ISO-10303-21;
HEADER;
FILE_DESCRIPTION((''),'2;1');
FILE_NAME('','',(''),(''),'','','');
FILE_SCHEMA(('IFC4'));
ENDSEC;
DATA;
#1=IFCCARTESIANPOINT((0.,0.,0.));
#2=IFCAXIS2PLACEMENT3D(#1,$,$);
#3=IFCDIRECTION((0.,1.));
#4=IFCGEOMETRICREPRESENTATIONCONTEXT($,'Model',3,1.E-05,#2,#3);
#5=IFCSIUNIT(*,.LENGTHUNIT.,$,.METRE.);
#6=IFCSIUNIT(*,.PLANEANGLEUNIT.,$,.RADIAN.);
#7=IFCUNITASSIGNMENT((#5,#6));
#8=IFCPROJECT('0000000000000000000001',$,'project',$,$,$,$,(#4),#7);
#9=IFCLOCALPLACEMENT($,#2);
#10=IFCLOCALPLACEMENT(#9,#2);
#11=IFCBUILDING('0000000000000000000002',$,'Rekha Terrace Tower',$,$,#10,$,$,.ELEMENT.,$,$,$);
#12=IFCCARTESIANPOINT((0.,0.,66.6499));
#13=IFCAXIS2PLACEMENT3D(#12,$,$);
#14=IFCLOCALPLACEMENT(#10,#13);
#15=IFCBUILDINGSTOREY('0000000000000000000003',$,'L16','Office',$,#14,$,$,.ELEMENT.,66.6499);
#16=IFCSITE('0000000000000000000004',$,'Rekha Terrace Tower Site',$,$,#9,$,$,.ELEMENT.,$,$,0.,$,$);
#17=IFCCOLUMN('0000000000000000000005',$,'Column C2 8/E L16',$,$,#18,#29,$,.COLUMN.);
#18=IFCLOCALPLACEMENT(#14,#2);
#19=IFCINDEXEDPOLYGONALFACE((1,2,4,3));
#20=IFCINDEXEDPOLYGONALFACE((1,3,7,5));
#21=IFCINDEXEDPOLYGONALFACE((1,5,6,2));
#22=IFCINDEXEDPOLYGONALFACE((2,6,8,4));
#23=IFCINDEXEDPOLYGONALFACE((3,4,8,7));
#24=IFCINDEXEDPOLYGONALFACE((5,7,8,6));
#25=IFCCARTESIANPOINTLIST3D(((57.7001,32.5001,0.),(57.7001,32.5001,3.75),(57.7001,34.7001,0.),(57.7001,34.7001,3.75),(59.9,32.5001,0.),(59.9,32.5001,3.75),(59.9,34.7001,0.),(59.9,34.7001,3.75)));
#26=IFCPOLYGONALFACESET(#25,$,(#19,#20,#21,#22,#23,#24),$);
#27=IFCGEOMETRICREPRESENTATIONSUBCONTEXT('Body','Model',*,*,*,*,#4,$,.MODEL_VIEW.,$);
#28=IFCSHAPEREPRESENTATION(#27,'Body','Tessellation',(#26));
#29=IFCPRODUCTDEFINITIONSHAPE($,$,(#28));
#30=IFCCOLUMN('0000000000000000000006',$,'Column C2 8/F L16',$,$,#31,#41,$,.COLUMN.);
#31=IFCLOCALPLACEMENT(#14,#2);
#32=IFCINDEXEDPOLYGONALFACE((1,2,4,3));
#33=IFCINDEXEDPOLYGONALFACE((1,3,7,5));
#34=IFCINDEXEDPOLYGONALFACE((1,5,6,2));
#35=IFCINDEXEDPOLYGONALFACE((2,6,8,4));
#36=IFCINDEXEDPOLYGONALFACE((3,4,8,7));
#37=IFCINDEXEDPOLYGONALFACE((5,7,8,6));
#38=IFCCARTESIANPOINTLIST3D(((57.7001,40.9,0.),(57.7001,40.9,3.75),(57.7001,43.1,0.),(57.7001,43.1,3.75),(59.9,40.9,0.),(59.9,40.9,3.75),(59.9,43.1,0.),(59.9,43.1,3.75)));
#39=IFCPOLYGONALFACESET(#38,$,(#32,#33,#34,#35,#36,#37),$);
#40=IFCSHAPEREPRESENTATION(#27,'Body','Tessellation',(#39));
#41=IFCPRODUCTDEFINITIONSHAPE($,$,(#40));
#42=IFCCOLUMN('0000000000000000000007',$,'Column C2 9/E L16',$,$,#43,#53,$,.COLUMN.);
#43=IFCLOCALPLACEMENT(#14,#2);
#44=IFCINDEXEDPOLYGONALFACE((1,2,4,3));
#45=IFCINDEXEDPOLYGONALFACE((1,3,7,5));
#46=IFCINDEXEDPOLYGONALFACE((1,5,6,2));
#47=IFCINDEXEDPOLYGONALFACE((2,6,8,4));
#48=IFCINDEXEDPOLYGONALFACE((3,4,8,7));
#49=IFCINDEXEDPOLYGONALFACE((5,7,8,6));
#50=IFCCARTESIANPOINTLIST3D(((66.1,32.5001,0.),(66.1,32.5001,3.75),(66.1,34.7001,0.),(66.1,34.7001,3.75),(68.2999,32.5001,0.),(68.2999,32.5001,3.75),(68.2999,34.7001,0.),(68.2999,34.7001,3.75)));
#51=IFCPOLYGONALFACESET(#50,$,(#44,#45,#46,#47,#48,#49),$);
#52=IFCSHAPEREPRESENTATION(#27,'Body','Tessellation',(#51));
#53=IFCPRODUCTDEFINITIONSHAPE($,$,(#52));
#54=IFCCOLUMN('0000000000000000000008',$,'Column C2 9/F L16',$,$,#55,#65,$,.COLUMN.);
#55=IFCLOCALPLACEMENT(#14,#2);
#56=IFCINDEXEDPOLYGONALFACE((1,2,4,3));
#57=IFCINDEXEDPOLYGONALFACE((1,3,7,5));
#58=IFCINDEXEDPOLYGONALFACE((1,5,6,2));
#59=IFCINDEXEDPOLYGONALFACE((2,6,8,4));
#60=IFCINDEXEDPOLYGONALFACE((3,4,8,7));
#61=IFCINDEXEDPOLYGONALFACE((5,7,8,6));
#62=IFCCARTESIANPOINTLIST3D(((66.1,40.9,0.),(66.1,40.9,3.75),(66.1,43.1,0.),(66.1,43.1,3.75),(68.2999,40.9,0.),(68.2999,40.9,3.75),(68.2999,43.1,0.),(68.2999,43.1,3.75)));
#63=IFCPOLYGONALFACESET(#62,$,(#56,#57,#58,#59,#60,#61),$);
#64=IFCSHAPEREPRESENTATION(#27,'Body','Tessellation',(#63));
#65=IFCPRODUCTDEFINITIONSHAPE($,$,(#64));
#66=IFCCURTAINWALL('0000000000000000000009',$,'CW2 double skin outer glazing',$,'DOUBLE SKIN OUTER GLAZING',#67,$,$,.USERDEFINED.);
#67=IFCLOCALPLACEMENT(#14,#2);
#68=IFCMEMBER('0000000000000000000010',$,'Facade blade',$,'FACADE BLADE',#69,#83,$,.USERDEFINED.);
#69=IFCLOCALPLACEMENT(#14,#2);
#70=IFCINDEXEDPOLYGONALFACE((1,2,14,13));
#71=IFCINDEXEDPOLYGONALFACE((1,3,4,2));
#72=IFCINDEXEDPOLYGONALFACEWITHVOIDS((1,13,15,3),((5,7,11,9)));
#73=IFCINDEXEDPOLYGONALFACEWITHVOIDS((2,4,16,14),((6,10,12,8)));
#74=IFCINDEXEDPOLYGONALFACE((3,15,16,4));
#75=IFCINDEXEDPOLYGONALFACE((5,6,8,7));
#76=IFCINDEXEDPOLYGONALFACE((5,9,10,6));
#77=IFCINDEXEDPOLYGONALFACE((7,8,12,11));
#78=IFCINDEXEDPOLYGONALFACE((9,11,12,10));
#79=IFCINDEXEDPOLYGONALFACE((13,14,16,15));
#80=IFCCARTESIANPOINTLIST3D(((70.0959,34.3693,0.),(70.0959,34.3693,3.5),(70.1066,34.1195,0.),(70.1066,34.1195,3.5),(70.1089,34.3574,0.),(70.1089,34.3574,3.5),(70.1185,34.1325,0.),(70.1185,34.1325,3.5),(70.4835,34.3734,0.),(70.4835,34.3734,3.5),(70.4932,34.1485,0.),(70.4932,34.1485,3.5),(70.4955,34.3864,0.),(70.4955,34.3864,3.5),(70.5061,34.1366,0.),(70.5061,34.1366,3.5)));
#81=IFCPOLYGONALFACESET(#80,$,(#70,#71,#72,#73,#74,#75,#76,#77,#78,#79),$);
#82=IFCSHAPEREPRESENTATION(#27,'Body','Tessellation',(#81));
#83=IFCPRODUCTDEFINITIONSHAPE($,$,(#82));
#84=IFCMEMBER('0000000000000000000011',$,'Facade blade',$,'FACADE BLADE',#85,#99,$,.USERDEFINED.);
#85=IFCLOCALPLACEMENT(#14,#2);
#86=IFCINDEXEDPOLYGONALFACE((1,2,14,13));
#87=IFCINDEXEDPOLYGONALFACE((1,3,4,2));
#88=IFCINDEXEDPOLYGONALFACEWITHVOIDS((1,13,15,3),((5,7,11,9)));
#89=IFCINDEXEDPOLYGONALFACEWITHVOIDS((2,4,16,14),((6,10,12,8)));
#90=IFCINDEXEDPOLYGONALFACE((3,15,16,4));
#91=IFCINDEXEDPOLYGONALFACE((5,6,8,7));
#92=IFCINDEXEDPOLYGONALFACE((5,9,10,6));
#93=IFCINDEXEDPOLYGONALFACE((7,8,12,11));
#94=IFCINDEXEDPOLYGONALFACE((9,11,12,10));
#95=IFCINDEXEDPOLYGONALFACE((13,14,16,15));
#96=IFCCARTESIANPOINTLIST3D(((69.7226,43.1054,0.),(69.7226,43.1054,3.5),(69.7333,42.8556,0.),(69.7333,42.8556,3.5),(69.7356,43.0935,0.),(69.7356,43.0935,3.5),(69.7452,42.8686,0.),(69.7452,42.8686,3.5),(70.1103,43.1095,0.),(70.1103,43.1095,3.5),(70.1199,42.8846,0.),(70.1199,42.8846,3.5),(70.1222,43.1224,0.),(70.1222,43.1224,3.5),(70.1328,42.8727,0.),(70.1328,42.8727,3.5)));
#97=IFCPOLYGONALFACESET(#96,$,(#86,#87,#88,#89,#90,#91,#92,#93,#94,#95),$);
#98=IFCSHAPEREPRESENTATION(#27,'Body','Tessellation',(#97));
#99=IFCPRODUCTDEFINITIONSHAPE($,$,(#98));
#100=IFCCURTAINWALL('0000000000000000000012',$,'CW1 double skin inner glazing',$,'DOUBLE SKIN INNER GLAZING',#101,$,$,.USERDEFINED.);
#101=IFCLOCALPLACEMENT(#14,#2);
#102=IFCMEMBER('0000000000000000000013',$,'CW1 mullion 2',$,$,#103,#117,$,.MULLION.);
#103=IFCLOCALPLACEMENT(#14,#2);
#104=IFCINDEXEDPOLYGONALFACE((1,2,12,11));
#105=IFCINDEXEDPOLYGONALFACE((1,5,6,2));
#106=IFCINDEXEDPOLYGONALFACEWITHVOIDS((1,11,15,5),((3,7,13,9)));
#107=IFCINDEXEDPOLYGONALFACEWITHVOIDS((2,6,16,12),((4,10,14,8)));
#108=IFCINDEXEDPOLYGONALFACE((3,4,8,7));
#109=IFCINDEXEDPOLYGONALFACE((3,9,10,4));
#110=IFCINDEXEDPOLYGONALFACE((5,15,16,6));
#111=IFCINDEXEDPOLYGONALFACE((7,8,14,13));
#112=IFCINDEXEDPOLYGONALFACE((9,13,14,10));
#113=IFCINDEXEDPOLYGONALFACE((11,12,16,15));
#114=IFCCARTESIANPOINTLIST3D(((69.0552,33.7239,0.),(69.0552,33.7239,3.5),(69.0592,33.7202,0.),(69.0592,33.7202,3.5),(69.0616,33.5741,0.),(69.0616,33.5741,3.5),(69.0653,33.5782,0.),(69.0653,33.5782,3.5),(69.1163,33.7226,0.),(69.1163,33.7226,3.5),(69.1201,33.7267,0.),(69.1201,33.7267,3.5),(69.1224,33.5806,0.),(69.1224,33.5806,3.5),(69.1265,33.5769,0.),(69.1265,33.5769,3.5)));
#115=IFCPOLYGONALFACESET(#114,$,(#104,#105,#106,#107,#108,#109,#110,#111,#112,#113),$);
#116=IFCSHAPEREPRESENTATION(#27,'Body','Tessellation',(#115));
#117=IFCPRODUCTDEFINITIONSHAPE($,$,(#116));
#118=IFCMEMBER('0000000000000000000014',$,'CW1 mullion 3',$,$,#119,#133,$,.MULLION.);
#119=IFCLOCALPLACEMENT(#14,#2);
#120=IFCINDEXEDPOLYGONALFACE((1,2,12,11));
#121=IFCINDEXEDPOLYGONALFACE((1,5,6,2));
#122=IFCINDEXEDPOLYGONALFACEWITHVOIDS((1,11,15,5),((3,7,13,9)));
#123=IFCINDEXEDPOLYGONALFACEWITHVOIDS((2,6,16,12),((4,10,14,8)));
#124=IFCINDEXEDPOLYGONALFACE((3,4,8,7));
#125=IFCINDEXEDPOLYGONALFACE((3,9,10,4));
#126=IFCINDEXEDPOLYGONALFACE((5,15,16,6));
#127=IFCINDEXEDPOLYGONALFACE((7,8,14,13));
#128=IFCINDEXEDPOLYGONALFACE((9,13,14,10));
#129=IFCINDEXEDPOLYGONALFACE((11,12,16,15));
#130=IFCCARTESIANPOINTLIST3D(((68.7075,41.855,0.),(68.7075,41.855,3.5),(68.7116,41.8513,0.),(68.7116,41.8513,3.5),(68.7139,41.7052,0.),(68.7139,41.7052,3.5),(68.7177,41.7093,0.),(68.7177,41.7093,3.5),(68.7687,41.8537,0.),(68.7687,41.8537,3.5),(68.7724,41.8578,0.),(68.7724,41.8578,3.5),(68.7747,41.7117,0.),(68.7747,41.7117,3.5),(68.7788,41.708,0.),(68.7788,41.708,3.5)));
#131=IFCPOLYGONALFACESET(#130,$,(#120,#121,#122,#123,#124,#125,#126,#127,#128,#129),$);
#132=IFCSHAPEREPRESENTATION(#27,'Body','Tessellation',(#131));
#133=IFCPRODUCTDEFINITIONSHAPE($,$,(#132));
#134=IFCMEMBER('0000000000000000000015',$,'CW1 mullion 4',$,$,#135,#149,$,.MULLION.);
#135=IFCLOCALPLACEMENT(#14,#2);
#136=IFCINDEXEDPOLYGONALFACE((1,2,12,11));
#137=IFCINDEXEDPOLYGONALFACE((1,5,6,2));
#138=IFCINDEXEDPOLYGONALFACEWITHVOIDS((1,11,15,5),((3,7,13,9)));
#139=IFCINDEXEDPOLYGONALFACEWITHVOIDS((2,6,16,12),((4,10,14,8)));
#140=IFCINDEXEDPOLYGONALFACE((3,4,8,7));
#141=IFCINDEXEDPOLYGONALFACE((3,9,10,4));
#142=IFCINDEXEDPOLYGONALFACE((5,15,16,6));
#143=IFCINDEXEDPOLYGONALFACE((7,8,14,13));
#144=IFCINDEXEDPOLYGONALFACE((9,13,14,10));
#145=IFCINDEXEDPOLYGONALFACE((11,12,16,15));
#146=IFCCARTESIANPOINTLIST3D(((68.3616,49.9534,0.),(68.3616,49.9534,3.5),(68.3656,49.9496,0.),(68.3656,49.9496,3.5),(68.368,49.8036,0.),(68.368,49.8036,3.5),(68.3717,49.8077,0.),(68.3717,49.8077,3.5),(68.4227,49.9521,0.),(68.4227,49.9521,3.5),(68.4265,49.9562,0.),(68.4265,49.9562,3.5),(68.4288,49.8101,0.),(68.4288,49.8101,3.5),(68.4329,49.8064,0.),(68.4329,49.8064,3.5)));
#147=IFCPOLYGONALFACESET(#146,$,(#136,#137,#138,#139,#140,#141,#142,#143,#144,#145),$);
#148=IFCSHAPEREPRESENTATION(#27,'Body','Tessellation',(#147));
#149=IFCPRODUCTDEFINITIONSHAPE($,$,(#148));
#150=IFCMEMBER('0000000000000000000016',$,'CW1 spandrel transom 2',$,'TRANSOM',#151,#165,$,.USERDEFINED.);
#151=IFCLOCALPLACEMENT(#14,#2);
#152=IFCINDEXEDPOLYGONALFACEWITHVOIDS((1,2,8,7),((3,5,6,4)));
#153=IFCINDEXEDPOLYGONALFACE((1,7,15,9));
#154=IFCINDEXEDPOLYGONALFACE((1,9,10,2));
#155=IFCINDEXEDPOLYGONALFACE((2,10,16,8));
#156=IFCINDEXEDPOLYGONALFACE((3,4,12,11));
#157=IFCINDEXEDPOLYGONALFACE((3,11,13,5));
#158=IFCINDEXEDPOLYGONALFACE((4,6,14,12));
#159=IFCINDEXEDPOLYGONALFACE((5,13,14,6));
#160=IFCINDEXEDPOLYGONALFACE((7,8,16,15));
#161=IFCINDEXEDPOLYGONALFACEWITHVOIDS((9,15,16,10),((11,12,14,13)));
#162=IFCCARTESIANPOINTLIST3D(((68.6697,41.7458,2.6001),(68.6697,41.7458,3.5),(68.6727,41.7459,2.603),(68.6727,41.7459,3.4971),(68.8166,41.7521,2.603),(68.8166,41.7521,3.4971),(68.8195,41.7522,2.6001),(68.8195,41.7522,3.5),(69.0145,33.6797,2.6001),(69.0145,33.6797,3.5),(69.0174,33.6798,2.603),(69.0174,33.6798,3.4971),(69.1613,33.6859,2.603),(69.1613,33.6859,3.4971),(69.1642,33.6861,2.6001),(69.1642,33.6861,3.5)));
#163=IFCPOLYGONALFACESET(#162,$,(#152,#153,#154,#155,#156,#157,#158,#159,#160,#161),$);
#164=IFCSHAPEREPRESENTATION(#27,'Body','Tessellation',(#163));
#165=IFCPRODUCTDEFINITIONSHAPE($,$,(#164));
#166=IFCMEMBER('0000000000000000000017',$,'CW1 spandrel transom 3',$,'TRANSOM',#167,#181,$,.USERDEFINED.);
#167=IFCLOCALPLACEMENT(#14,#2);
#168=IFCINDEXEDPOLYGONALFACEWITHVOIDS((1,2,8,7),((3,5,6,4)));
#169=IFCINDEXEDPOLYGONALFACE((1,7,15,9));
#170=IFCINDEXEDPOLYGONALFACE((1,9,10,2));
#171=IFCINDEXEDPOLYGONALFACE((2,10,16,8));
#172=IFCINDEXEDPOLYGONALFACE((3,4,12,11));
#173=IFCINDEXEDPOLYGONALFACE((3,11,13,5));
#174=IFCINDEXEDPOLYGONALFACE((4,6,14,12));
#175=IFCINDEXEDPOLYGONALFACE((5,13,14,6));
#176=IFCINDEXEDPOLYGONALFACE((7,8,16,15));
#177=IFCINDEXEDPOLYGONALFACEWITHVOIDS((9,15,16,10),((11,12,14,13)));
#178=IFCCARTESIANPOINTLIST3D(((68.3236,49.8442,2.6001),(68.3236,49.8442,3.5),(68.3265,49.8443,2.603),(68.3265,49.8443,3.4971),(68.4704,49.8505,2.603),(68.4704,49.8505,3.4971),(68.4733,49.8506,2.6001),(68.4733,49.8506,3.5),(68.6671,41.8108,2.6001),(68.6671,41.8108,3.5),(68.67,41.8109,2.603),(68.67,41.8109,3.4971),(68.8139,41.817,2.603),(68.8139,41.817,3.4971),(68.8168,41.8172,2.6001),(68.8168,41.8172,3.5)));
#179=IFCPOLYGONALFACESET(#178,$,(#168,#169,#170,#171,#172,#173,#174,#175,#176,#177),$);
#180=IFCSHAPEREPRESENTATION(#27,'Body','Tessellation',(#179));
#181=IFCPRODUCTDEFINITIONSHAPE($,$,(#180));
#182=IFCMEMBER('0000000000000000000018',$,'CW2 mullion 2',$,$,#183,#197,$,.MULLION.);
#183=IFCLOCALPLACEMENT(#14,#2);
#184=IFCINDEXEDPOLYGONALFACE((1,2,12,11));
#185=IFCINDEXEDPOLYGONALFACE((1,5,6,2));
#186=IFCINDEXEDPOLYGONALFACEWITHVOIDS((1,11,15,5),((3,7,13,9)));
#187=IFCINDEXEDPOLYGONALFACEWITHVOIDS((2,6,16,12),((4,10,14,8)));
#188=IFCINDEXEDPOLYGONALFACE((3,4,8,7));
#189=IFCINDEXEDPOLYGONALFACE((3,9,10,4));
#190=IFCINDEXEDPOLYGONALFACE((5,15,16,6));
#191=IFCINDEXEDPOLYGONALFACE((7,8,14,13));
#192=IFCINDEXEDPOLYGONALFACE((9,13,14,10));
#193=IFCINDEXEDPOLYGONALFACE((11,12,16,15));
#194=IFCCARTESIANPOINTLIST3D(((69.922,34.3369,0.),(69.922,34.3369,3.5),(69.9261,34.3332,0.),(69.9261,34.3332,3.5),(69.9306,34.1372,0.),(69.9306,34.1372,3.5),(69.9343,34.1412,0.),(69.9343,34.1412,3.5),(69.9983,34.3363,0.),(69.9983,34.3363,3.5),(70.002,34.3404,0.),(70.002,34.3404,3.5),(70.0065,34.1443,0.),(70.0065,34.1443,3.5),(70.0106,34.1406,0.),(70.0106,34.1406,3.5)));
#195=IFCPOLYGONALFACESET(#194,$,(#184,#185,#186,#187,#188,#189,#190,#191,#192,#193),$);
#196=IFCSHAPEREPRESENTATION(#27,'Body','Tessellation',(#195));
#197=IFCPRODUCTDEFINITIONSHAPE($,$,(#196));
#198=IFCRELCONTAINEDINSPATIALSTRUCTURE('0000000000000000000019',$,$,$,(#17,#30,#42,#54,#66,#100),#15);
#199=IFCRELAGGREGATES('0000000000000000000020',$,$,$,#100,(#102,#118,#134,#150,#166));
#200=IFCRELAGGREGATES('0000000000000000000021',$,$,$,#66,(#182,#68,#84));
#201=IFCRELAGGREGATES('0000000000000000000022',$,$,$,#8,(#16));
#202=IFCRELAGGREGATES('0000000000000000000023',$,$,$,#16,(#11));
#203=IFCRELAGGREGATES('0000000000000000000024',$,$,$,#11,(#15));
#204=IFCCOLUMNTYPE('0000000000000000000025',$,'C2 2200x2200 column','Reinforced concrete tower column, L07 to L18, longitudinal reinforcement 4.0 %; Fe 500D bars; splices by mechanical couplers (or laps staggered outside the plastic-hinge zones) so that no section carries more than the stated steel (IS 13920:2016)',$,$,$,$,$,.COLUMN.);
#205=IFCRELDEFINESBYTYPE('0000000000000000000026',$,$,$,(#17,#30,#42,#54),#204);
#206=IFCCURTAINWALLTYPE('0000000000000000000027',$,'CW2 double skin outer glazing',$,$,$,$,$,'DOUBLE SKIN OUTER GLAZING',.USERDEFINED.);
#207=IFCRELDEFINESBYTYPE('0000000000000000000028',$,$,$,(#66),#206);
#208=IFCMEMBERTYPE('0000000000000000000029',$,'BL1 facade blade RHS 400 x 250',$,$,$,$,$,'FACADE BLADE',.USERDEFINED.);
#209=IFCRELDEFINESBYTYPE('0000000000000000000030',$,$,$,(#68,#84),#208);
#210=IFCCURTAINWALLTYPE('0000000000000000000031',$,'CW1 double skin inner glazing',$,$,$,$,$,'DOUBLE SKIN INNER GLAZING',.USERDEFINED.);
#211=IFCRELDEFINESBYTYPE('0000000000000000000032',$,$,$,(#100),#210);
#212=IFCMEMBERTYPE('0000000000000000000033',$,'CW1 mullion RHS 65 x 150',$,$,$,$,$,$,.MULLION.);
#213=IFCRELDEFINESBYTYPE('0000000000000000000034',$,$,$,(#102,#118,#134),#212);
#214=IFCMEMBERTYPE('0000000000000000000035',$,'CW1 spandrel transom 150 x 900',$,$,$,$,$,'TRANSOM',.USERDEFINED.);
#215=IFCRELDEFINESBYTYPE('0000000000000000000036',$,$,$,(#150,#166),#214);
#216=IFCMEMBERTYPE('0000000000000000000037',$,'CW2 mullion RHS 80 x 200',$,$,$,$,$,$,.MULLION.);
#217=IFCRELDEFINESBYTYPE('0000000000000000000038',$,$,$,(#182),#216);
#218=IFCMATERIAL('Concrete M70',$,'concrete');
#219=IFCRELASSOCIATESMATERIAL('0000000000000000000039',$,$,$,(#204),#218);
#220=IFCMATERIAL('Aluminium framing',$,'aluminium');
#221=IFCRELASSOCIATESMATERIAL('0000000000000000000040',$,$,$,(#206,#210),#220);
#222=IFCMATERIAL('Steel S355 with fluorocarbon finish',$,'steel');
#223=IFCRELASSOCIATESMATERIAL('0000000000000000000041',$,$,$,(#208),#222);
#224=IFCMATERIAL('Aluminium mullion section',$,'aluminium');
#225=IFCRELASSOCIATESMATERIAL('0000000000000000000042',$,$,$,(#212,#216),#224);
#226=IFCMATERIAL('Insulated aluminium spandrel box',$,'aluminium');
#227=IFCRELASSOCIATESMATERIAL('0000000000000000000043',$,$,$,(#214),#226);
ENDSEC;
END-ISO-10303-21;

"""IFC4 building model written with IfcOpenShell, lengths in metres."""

from ifc_helpers import new_model, si_unit, direction, frame, origin, origin_2d, place, context, subcontext, project, spatial, rectangle, hollow_rectangle, extrude, material, material_profile, profile_set, type_object, element, aggregate, save


model = new_model("IFC4")

# Units and contexts
model_context = context("Model", 3, precision=1e-05, world=origin(), true_north=direction((0.0, 1.0)))
body_context = subcontext(model_context, "Body", "Model", "MODEL_VIEW")
ifc_project = project(units=[si_unit("LENGTHUNIT", "METRE"), si_unit("PLANEANGLEUNIT", "RADIAN")], contexts=[model_context])

# Site, building, storey
site_placement = place(None, origin())
site = spatial("IfcSite", under=ifc_project, at=site_placement, Name="Rekha Terrace Tower Site", CompositionType="ELEMENT", RefElevation=0.0)
building_placement = place(site_placement, origin())
building = spatial("IfcBuilding", under=site, at=building_placement, Name="Rekha Terrace Tower", CompositionType="ELEMENT")
storey_placement = place(building_placement, frame((0.0, 0.0, 66.6499)))
storey = spatial("IfcBuildingStorey", under=building, at=storey_placement, Name="L16", Description="Office", CompositionType="ELEMENT", Elevation=66.6499)

# Columns
ifc_material_1 = material(Name="Concrete M70", Category="concrete")
ifc_material_profile_1 = material_profile(ifc_material_1, rectangle(XDim=2.2, YDim=2.2, at=origin_2d()), Name="RC 2200x2200")
ifc_profile_set_1 = profile_set([ifc_material_profile_1], Name="Concrete M70")
column_type = type_object("IfcColumnType", Name="C2 2200x2200 column", Description="Reinforced concrete tower column, L07 to L18, longitudinal reinforcement 4.0 %; Fe 500D bars; splices by mechanical couplers (or laps staggered outside the plastic-hinge zones) so that no section carries more than the stated steel (IS 13920:2016)", PredefinedType="COLUMN", material=ifc_profile_set_1)
for number, where, z_axis, x_axis, name in (
    (1, (58.8, 33.6001, 0.0), (0.0, 0.0, 1.0), (1.0, 0.0, 0.0), "Column C2 8/E L16"),
    (2, (58.8, 42.0, 0.0), (0.0, 0.0, 1.0), (1.0, 0.0, 0.0), "Column C2 8/F L16"),
    (3, (67.2, 33.6001, 0.0), (0.0, 0.0, 1.0), (1.0, 0.0, 0.0), "Column C2 9/E L16"),
    (4, (67.2, 42.0, 0.0), (0.0, 0.0, 1.0), (1.0, 0.0, 0.0), "Column C2 9/F L16"),
):
    element("IfcColumn", number, at=place(storey_placement, frame(where, z_axis=z_axis, x_axis=x_axis)), inside=storey, type_object=column_type, Name=name, PredefinedType="COLUMN", context=body_context, shape_type="SweptSolid", body=[
        extrude(rectangle(XDim=2.2, YDim=2.2, at=origin_2d()), origin(), (0.0, 0.0, 1.0), 3.75),
    ])

# Curtain walls, members
ifc_material_2 = material(Name="Aluminium framing", Category="aluminium")
curtain_wall_type_1 = type_object("IfcCurtainWallType", Name="CW2 double skin outer glazing", ElementType="DOUBLE SKIN OUTER GLAZING", PredefinedType="USERDEFINED", material=ifc_material_2)
curtain_wall_1_placement = place(storey_placement, origin())
curtain_wall_1 = element("IfcCurtainWall", 5, at=curtain_wall_1_placement, inside=storey, type_object=curtain_wall_type_1, Name="CW2 double skin outer glazing", ObjectType="DOUBLE SKIN OUTER GLAZING", PredefinedType="USERDEFINED")
ifc_material_3 = material(Name="Steel S355 with fluorocarbon finish", Category="steel")
ifc_material_profile_2 = material_profile(ifc_material_3, hollow_rectangle(XDim=0.25, YDim=0.3999, WallThickness=0.0125, at=origin_2d()), Name="RHS400x250x12.5")
ifc_profile_set_2 = profile_set([ifc_material_profile_2], Name="Steel S355 with fluorocarbon finish")
member_type_1 = type_object("IfcMemberType", Name="BL1 facade blade RHS 400 x 250", ElementType="FACADE BLADE", PredefinedType="USERDEFINED", material=ifc_profile_set_2)
member_1_placement = place(storey_placement, frame((70.301, 34.2529, 0.0), z_axis=(0.0, 0.0, 1.0), x_axis=(-0.042695, 0.999088, 0.0)))
member_1 = element("IfcMember", 6, at=member_1_placement, type_object=member_type_1, Name="Facade blade", ObjectType="FACADE BLADE", PredefinedType="USERDEFINED", context=body_context, shape_type="SweptSolid", body=[
    extrude(hollow_rectangle(XDim=0.25, YDim=0.3999, WallThickness=0.0125, at=origin_2d()), origin(), (0.0, 0.0, 1.0), 3.5),
])
member_2_placement = place(storey_placement, frame((69.9277, 42.989, 0.0), z_axis=(0.0, 0.0, 1.0), x_axis=(-0.042695, 0.999088, 0.0)))
member_2 = element("IfcMember", 7, at=member_2_placement, type_object=member_type_1, Name="Facade blade", ObjectType="FACADE BLADE", PredefinedType="USERDEFINED", context=body_context, shape_type="SweptSolid", body=[
    extrude(hollow_rectangle(XDim=0.25, YDim=0.3999, WallThickness=0.0125, at=origin_2d()), origin(), (0.0, 0.0, 1.0), 3.5),
])
curtain_wall_type_2 = type_object("IfcCurtainWallType", Name="CW1 double skin inner glazing", ElementType="DOUBLE SKIN INNER GLAZING", PredefinedType="USERDEFINED", material=ifc_material_2)
curtain_wall_2_placement = place(storey_placement, origin())
curtain_wall_2 = element("IfcCurtainWall", 8, at=curtain_wall_2_placement, inside=storey, type_object=curtain_wall_type_2, Name="CW1 double skin inner glazing", ObjectType="DOUBLE SKIN INNER GLAZING", PredefinedType="USERDEFINED")
ifc_material_4 = material(Name="Aluminium mullion section", Category="aluminium")
ifc_material_profile_3 = material_profile(ifc_material_4, hollow_rectangle(XDim=0.0649, YDim=0.1499, WallThickness=0.0039, at=origin_2d()), Name="AL RHS 65x150")
ifc_profile_set_3 = profile_set([ifc_material_profile_3], Name="Aluminium mullion section")
member_type_2 = type_object("IfcMemberType", Name="CW1 mullion RHS 65 x 150", PredefinedType="MULLION", material=ifc_profile_set_3)
member_3_placement = place(storey_placement, frame((69.0908, 33.6504, 0.0), z_axis=(0.0, 0.0, 1.0), x_axis=(-0.999088, -0.042696, 0.0)))
member_3 = element("IfcMember", 9, at=member_3_placement, type_object=member_type_2, Name="CW1 mullion 2", PredefinedType="MULLION", context=body_context, shape_type="SweptSolid", body=[
    extrude(hollow_rectangle(XDim=0.0649, YDim=0.1499, WallThickness=0.0039, at=origin_2d()), origin(), (0.0, 0.0, 1.0), 3.5),
])
member_4_placement = place(storey_placement, frame((68.7432, 41.7815, 0.0), z_axis=(0.0, 0.0, 1.0), x_axis=(-0.999088, -0.042696, 0.0)))
member_4 = element("IfcMember", 10, at=member_4_placement, type_object=member_type_2, Name="CW1 mullion 3", PredefinedType="MULLION", context=body_context, shape_type="SweptSolid", body=[
    extrude(hollow_rectangle(XDim=0.0649, YDim=0.1499, WallThickness=0.0039, at=origin_2d()), origin(), (0.0, 0.0, 1.0), 3.5),
])
member_5_placement = place(storey_placement, frame((68.3972, 49.8799, 0.0), z_axis=(0.0, 0.0, 1.0), x_axis=(-0.999088, -0.042696, 0.0)))
member_5 = element("IfcMember", 11, at=member_5_placement, type_object=member_type_2, Name="CW1 mullion 4", PredefinedType="MULLION", context=body_context, shape_type="SweptSolid", body=[
    extrude(hollow_rectangle(XDim=0.0649, YDim=0.1499, WallThickness=0.0039, at=origin_2d()), origin(), (0.0, 0.0, 1.0), 3.5),
])
ifc_material_5 = material(Name="Insulated aluminium spandrel box", Category="aluminium")
ifc_material_profile_4 = material_profile(ifc_material_5, hollow_rectangle(XDim=0.1499, YDim=0.8999, WallThickness=0.0029, at=origin_2d()), Name="AL SPANDREL BOX 150x900")
ifc_profile_set_4 = profile_set([ifc_material_profile_4], Name="Insulated aluminium spandrel box")
member_type_3 = type_object("IfcMemberType", Name="CW1 spandrel transom 150 x 900", ElementType="TRANSOM", PredefinedType="USERDEFINED", material=ifc_profile_set_4)
member_6_placement = place(storey_placement, frame((69.0894, 33.6829, 3.05), z_axis=(-0.042698, 0.999088, 0.0), x_axis=(-0.999088, -0.042698, 0.0)))
member_6 = element("IfcMember", 12, at=member_6_placement, type_object=member_type_3, Name="CW1 spandrel transom 2", ObjectType="TRANSOM", PredefinedType="USERDEFINED", context=body_context, shape_type="SweptSolid", body=[
    extrude(hollow_rectangle(XDim=0.1499, YDim=0.8999, WallThickness=0.0029, at=origin_2d()), origin(), (0.0, 0.0, 1.0), 8.0735),
])
member_7_placement = place(storey_placement, frame((68.7419, 41.814, 3.05), z_axis=(-0.04272, 0.999087, 0.0), x_axis=(-0.999087, -0.04272, 0.0)))
member_7 = element("IfcMember", 13, at=member_7_placement, type_object=member_type_3, Name="CW1 spandrel transom 3", ObjectType="TRANSOM", PredefinedType="USERDEFINED", context=body_context, shape_type="SweptSolid", body=[
    extrude(hollow_rectangle(XDim=0.1499, YDim=0.8999, WallThickness=0.0029, at=origin_2d()), origin(), (0.0, 0.0, 1.0), 8.0408),
])

# Member
ifc_material_profile_5 = material_profile(ifc_material_4, hollow_rectangle(XDim=0.0801, YDim=0.2, WallThickness=0.0039, at=origin_2d()), Name="AL RHS 80x200")
ifc_profile_set_5 = profile_set([ifc_material_profile_5], Name="Aluminium mullion section")
member_type_4 = type_object("IfcMemberType", Name="CW2 mullion RHS 80 x 200", PredefinedType="MULLION", material=ifc_profile_set_5)
member_8_placement = place(storey_placement, frame((69.9663, 34.2388, 0.0), z_axis=(0.0, 0.0, 1.0), x_axis=(-0.999088, -0.042696, 0.0)))
member_8 = element("IfcMember", 14, at=member_8_placement, type_object=member_type_4, Name="CW2 mullion 2", PredefinedType="MULLION", context=body_context, shape_type="SweptSolid", body=[
    extrude(hollow_rectangle(XDim=0.0801, YDim=0.2, WallThickness=0.0039, at=origin_2d()), origin(), (0.0, 0.0, 1.0), 3.5),
])

aggregate(curtain_wall_2, [member_3, member_4, member_5, member_6, member_7])
aggregate(curtain_wall_1, [member_8, member_1, member_2])

save(model, "model.ifc")
